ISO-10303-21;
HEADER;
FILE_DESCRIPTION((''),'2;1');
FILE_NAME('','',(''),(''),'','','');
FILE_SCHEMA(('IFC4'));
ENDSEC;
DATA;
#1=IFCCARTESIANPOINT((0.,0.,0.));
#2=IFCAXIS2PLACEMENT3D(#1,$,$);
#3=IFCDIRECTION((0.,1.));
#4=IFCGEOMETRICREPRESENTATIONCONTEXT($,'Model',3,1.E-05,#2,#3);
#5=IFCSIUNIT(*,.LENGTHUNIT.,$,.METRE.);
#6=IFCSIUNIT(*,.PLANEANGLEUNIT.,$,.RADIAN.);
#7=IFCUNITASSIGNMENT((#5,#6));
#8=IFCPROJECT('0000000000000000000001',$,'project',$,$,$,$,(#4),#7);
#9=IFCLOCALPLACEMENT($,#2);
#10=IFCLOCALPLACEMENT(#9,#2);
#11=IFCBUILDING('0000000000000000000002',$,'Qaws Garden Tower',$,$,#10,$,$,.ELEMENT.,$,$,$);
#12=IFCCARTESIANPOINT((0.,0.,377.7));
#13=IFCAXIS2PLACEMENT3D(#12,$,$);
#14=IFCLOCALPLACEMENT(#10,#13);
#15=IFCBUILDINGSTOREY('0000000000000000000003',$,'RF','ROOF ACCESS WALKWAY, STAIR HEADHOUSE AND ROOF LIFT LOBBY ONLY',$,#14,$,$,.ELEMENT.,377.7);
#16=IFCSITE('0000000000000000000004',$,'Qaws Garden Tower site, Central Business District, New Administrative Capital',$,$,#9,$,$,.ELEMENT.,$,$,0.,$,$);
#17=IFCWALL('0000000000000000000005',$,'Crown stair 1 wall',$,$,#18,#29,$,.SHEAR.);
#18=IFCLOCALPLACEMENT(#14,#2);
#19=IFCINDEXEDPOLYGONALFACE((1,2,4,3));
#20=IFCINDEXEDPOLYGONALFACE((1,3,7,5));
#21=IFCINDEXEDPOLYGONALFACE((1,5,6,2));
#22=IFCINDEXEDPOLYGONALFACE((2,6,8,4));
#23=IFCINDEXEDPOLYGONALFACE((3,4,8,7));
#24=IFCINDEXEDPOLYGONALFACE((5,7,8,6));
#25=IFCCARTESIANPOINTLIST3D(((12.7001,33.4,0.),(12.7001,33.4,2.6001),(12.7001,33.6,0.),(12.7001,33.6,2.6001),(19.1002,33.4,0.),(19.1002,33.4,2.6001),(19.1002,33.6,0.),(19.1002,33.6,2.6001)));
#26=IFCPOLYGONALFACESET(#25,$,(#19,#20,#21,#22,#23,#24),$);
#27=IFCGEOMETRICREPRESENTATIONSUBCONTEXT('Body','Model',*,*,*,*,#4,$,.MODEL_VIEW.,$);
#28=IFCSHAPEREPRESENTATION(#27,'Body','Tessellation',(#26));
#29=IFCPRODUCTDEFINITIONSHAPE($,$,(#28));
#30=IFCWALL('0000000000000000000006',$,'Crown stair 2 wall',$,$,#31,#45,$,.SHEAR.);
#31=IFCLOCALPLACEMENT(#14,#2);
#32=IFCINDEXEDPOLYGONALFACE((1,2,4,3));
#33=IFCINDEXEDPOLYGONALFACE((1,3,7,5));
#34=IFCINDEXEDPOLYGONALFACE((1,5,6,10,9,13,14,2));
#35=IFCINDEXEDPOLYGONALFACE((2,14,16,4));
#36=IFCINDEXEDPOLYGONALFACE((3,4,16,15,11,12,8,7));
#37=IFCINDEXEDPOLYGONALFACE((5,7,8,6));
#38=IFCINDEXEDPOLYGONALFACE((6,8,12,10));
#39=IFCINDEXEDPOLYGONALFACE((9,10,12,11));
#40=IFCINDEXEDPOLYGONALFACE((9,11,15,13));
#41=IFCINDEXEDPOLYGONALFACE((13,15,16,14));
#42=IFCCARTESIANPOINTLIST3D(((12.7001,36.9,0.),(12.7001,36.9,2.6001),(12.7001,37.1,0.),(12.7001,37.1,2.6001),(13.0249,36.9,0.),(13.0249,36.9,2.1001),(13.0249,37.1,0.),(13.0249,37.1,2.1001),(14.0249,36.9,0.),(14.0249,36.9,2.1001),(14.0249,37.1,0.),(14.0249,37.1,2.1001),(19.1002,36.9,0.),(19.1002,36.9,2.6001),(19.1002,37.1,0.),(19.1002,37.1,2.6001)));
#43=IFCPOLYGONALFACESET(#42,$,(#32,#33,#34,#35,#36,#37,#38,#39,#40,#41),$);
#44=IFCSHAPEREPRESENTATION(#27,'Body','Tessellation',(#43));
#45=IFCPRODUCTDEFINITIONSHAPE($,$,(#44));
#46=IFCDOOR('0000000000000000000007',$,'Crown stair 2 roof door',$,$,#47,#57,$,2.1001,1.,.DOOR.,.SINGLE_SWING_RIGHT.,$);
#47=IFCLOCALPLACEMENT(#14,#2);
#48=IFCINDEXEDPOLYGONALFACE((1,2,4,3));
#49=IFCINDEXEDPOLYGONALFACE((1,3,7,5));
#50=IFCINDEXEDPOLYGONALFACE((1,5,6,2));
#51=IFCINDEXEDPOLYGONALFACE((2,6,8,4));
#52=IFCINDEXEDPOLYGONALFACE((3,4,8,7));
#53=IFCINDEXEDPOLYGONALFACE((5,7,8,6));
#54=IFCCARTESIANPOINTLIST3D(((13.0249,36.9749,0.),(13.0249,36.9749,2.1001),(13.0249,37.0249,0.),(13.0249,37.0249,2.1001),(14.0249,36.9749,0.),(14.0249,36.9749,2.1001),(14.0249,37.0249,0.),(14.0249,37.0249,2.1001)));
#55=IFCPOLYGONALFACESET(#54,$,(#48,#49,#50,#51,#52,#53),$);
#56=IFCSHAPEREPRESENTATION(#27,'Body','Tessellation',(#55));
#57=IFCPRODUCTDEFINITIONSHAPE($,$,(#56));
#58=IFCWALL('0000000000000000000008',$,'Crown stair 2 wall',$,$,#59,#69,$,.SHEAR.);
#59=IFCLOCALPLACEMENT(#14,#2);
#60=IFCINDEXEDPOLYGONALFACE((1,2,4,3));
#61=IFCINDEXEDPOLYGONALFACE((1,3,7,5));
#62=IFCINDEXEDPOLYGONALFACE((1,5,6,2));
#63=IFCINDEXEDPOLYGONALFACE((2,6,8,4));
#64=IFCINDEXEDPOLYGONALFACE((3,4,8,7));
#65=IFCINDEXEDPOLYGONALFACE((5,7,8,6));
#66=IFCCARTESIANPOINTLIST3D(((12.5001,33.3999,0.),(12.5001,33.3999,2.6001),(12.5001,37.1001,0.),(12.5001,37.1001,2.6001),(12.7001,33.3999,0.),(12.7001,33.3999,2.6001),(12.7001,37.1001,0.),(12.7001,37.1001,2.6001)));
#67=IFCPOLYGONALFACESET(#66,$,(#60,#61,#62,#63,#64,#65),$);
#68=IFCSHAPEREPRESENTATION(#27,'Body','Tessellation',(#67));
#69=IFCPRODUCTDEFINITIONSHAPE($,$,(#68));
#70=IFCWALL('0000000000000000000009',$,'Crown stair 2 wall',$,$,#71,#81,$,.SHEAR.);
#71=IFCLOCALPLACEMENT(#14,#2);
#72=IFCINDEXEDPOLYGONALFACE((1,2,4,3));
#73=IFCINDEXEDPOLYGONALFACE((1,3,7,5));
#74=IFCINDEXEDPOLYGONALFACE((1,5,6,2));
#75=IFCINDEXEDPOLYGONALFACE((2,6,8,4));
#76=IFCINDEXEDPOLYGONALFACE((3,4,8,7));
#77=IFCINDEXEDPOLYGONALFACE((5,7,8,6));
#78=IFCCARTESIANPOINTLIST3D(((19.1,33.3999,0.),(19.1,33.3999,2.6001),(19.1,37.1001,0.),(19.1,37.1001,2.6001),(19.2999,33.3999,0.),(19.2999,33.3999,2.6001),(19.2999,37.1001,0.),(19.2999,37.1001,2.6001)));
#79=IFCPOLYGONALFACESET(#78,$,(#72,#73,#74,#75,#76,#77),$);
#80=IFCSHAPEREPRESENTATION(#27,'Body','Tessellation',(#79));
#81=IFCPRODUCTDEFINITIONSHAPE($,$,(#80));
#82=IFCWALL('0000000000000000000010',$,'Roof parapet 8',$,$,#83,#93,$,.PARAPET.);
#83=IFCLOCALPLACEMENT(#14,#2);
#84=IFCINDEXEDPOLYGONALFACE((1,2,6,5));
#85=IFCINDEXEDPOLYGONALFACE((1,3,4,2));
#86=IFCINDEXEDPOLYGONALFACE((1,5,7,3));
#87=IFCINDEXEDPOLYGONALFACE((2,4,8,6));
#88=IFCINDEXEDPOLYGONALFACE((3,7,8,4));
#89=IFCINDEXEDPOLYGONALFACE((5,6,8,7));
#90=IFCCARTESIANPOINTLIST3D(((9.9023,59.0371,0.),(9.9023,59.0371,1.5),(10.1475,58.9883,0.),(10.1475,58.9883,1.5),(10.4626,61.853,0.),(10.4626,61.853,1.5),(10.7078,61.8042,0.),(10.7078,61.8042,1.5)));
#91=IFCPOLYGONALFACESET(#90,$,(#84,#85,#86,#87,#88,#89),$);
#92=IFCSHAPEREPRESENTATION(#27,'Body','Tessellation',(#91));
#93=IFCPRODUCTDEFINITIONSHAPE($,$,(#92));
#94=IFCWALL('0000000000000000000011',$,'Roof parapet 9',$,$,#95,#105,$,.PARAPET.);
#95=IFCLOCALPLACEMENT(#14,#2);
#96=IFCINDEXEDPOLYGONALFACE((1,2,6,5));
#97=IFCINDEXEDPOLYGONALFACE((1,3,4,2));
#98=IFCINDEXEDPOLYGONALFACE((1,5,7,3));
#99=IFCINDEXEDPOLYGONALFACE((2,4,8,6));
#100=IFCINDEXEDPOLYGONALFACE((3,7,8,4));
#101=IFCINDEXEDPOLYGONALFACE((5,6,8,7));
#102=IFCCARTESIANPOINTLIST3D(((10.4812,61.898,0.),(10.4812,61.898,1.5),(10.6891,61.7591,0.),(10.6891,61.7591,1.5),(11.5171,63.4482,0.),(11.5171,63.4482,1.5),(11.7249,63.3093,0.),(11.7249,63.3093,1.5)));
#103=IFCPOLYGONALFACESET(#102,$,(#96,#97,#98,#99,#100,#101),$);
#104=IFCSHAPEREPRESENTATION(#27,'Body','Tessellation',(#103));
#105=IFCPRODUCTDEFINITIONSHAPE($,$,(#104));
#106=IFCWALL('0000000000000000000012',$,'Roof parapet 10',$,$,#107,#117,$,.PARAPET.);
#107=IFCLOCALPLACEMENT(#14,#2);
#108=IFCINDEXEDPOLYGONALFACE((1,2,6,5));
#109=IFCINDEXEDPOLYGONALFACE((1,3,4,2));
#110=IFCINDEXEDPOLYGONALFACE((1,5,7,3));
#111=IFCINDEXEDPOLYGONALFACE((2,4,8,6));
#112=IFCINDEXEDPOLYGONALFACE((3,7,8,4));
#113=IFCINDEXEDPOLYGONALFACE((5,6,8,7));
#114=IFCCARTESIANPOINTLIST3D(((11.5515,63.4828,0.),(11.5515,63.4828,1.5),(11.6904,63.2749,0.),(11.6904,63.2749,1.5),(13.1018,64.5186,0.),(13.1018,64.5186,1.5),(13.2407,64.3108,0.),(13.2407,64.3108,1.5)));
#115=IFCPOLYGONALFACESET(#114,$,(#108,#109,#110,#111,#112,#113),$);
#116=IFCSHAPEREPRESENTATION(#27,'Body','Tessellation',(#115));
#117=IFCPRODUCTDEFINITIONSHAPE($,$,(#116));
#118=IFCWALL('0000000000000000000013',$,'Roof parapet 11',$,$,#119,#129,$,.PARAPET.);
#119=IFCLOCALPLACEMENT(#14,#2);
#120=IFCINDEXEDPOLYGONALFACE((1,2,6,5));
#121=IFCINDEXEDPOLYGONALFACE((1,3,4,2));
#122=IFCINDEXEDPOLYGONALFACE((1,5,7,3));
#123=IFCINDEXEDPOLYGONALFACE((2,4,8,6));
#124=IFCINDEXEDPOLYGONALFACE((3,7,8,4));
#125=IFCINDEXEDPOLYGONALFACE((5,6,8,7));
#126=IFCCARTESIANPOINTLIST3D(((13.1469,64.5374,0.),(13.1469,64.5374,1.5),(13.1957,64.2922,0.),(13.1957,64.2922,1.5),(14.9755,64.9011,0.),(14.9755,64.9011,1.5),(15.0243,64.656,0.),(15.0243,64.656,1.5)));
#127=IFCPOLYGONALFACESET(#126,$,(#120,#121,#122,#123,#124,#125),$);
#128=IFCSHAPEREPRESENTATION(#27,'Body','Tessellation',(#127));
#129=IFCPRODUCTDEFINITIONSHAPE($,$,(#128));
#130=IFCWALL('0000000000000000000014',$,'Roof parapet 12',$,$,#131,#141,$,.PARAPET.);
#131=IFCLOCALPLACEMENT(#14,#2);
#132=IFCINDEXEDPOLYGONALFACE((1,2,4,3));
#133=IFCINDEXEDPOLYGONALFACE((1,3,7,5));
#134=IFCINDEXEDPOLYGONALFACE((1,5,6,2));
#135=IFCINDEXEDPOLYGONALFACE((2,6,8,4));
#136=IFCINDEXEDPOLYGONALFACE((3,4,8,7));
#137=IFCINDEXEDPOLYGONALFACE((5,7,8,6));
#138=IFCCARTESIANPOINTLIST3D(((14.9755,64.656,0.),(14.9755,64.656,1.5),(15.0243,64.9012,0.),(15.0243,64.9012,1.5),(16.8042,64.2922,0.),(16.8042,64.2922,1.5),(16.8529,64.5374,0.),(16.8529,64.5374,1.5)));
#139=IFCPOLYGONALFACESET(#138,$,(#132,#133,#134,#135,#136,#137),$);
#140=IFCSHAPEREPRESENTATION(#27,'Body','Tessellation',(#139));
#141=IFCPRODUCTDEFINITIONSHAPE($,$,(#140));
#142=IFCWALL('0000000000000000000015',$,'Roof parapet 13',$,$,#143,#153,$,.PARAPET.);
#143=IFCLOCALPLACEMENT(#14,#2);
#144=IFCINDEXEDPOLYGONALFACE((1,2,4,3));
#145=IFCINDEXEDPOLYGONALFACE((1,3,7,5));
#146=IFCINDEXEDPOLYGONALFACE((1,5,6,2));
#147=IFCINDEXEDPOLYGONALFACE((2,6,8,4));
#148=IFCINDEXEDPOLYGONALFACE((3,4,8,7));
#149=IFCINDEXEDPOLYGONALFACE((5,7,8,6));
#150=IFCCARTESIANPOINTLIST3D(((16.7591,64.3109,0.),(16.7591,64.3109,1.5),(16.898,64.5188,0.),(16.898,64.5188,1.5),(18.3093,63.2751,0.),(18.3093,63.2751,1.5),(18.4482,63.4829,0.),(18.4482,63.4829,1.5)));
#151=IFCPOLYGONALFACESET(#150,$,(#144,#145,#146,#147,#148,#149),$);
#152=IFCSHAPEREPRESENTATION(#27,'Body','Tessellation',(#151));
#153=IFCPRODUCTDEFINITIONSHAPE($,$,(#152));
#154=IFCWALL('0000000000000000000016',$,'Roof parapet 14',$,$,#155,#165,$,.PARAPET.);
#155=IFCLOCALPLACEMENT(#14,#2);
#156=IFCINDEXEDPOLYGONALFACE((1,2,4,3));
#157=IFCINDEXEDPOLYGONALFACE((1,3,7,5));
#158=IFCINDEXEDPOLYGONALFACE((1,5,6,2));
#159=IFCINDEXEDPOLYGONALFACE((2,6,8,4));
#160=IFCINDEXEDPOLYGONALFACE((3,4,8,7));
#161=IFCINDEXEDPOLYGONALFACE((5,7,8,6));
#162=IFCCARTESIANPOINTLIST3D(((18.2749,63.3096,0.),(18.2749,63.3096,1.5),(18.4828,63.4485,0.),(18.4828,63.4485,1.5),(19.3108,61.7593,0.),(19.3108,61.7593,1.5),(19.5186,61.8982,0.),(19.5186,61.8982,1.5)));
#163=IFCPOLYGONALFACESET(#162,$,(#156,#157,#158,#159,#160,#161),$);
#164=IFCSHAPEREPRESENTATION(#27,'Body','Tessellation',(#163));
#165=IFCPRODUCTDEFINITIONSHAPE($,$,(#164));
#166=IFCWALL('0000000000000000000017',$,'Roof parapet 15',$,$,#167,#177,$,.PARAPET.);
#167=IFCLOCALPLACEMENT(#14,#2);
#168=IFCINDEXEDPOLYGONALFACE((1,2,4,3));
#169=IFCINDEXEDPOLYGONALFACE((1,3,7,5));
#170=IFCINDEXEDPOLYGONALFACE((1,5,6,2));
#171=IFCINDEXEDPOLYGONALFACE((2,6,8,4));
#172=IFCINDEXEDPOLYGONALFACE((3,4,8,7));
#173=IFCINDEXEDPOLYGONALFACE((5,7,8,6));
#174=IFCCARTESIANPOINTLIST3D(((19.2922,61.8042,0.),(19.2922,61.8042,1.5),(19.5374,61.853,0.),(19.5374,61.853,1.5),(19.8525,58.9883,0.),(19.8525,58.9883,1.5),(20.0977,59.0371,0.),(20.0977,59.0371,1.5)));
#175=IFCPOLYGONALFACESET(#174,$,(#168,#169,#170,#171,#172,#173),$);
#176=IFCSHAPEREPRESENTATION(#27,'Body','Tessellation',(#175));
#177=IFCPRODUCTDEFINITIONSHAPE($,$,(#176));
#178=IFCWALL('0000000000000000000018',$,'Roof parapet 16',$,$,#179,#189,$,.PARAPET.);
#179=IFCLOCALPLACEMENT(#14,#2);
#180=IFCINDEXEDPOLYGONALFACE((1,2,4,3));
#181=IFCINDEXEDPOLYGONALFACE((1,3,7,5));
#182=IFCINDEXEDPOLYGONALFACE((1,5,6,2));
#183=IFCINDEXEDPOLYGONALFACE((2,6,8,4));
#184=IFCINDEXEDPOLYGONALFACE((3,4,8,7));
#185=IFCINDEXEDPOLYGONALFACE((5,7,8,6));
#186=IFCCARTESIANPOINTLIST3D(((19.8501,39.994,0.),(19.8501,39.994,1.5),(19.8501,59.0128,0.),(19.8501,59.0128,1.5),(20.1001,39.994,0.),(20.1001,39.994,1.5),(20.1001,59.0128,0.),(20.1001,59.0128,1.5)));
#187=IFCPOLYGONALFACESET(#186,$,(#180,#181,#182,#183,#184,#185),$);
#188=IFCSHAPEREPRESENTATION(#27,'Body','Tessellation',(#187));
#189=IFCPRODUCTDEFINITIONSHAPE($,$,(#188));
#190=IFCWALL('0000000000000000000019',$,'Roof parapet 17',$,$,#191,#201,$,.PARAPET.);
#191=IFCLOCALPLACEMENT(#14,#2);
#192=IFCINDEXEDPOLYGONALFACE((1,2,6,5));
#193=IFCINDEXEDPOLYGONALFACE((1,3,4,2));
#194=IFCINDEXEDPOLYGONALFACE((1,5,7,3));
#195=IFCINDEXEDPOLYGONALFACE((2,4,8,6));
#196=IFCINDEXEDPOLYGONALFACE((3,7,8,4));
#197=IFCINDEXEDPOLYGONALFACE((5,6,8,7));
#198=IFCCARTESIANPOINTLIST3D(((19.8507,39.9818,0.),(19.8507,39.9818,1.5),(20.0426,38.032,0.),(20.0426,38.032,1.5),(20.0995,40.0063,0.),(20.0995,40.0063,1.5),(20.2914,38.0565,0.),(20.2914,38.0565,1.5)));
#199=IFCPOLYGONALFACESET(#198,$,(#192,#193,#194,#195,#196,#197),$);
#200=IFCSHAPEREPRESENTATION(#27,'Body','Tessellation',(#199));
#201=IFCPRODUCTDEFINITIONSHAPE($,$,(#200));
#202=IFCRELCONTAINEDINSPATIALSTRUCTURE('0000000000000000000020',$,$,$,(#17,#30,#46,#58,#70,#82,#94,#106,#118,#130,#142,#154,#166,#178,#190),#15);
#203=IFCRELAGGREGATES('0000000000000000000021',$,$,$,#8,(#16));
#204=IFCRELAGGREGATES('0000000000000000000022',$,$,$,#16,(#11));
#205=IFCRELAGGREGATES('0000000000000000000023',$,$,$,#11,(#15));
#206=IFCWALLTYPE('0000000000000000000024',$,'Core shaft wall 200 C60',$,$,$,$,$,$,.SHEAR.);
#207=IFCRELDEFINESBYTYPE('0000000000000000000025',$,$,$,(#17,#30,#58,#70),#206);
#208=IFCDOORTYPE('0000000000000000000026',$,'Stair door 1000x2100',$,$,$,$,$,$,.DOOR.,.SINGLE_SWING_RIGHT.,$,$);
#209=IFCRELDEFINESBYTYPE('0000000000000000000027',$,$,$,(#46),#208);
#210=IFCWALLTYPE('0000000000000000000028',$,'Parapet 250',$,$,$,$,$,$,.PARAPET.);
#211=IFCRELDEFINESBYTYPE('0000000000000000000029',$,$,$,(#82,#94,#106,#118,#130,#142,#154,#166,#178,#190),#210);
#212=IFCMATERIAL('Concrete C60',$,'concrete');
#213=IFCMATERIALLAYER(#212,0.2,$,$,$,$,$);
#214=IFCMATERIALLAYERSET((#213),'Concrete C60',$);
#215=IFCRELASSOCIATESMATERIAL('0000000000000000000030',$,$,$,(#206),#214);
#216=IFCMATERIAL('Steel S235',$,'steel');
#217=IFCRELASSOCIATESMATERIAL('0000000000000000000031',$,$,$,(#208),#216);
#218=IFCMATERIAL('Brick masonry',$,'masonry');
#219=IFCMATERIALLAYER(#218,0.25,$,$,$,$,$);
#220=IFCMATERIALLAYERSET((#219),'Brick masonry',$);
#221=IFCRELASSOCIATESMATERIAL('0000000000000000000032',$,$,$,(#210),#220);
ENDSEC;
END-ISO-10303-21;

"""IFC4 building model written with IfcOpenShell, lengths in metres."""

from ifc_helpers import new_model, si_unit, direction, frame, frame_2d, origin, place, context, subcontext, project, spatial, rectangle, extrude, material, layer, layer_set, type_object, element, fill, save


model = new_model("IFC4")

# Units and contexts
model_context = context("Model", 3, precision=1e-05, world=origin(), true_north=direction((0.0, 1.0)))
body_context = subcontext(model_context, "Body", "Model", "MODEL_VIEW")
ifc_project = project(units=[si_unit("LENGTHUNIT", "METRE"), si_unit("PLANEANGLEUNIT", "RADIAN")], contexts=[model_context])

# Site, building, storey
site_placement = place(None, origin())
site = spatial("IfcSite", under=ifc_project, at=site_placement, Name="Qaws Garden Tower site, Central Business District, New Administrative Capital", CompositionType="ELEMENT", RefElevation=0.0)
building_placement = place(site_placement, origin())
building = spatial("IfcBuilding", under=site, at=building_placement, Name="Qaws Garden Tower", CompositionType="ELEMENT")
storey_placement = place(building_placement, frame((0.0, 0.0, 377.7)))
storey = spatial("IfcBuildingStorey", under=building, at=storey_placement, Name="RF", Description="ROOF ACCESS WALKWAY, STAIR HEADHOUSE AND ROOF LIFT LOBBY ONLY", CompositionType="ELEMENT", Elevation=377.7)

# Wall
ifc_material_1 = material(Name="Concrete C60", Category="concrete")
ifc_layer_1 = layer(ifc_material_1, 0.2)
ifc_layer_set_1 = layer_set([ifc_layer_1], Name="Concrete C60")
wall_type_1 = type_object("IfcWallType", Name="Core shaft wall 200 C60", PredefinedType="SHEAR", material=ifc_layer_set_1)
wall_1_placement = place(storey_placement, frame((12.7, 33.5, 0.0), z_axis=(0.0, 0.0, 1.0), x_axis=(1.0, 0.0, 0.0)))
element("IfcWall", 1, at=wall_1_placement, inside=storey, type_object=wall_type_1, Name="Crown stair 1 wall", PredefinedType="SHEAR", context=body_context, shape_type="SweptSolid", body=[
    extrude(rectangle(XDim=6.4001, YDim=0.2, at=frame_2d((3.2002, 0.0))), origin(), (0.0, 0.0, 1.0), 2.6001),
])

# Wall, opening, door
wall_2_placement = place(storey_placement, frame((12.7, 37.0, 0.0), z_axis=(0.0, 0.0, 1.0), x_axis=(1.0, 0.0, 0.0)))
wall_2 = element("IfcWall", 2, at=wall_2_placement, inside=storey, type_object=wall_type_1, Name="Crown stair 2 wall", PredefinedType="SHEAR", context=body_context, shape_type="SweptSolid", body=[
    extrude(rectangle(XDim=6.4001, YDim=0.2, at=frame_2d((3.2002, 0.0))), origin(), (0.0, 0.0, 1.0), 2.6001),
])
opening_placement = place(wall_2_placement, frame((0.325, 0.0, 0.0)))
opening = element("IfcOpeningElement", 3, at=opening_placement, cuts=wall_2, PredefinedType="OPENING", context=body_context, shape_type="SweptSolid", body=[
    extrude(rectangle(XDim=1.0, YDim=2.1001, at=frame_2d((0.5, 1.05))), frame((0.0, 0.1099, 0.0), z_axis=(0.0, -1.0, 0.0), x_axis=(1.0, 0.0, 0.0)), (0.0, 0.0, 1.0), 0.22),
])
ifc_material_2 = material(Name="Steel S235", Category="steel")
door_type = type_object("IfcDoorType", Name="Stair door 1000x2100", OperationType="SINGLE_SWING_RIGHT", PredefinedType="DOOR", material=ifc_material_2)
door_placement = place(opening_placement, origin())
door = element("IfcDoor", 4, at=door_placement, inside=storey, type_object=door_type, Name="Crown stair 2 roof door", OperationType="SINGLE_SWING_RIGHT", OverallHeight=2.1001, OverallWidth=1.0, PredefinedType="DOOR", context=body_context, shape_type="SweptSolid", body=[
    extrude(rectangle(XDim=1.0, YDim=2.1001, at=frame_2d((0.5, 1.05))), frame((0.0, 0.0249, 0.0), z_axis=(0.0, -1.0, 0.0), x_axis=(1.0, 0.0, 0.0)), (0.0, 0.0, 1.0), 0.05),
])
fill(opening, door)

# Walls
for number, where, z_axis, x_axis, name in (
    (5, (12.6001, 33.3999, 0.0), (0.0, 0.0, 1.0), (0.0, 1.0, 0.0), "Crown stair 2 wall"),
    (6, (19.2, 33.3999, 0.0), (0.0, 0.0, 1.0), (0.0, 1.0, 0.0), "Crown stair 2 wall"),
):
    element("IfcWall", number, at=place(storey_placement, frame(where, z_axis=z_axis, x_axis=x_axis)), inside=storey, type_object=wall_type_1, Name=name, PredefinedType="SHEAR", context=body_context, shape_type="SweptSolid", body=[
        extrude(rectangle(XDim=3.7002, YDim=0.2, at=frame_2d((1.8501, 0.0))), origin(), (0.0, 0.0, 1.0), 2.6001),
    ])
ifc_material_3 = material(Name="Brick masonry", Category="masonry")
ifc_layer_2 = layer(ifc_material_3, 0.25)
ifc_layer_set_2 = layer_set([ifc_layer_2], Name="Brick masonry")
wall_type_2 = type_object("IfcWallType", Name="Parapet 250", PredefinedType="PARAPET", material=ifc_layer_set_2)
wall_3_placement = place(storey_placement, frame((10.0249, 59.0127, 0.0), z_axis=(0.0, 0.0, 1.0), x_axis=(0.195151, 0.980773, 0.0)))
element("IfcWall", 7, at=wall_3_placement, inside=storey, type_object=wall_type_2, Name="Roof parapet 8", PredefinedType="PARAPET", context=body_context, shape_type="SweptSolid", body=[
    extrude(rectangle(XDim=2.8711, YDim=0.25, at=frame_2d((1.4355, 0.0))), origin(), (0.0, 0.0, 1.0), 1.5),
])
for number, where, z_axis, x_axis, name in (
    (8, (10.5852, 61.8286, 0.0), (0.0, 0.0, 1.0), (0.555576, 0.831466, 0.0), "Roof parapet 9"),
    (9, (11.6211, 63.3789, 0.0), (0.0, 0.0, 1.0), (0.831466, 0.555576, 0.0), "Roof parapet 10"),
    (10, (13.1714, 64.4148, 0.0), (0.0, 0.0, 1.0), (0.980782, 0.195109, 0.0), "Roof parapet 11"),
    (11, (15.0, 64.7786, 0.0), (0.0, 0.0, 1.0), (0.980782, -0.195109, 0.0), "Roof parapet 12"),
    (12, (16.8286, 64.4148, 0.0), (0.0, 0.0, 1.0), (0.831466, -0.555576, 0.0), "Roof parapet 13"),
    (13, (18.3789, 63.3789, 0.0), (0.0, 0.0, 1.0), (0.555576, -0.831466, 0.0), "Roof parapet 14"),
):
    element("IfcWall", number, at=place(storey_placement, frame(where, z_axis=z_axis, x_axis=x_axis)), inside=storey, type_object=wall_type_2, Name=name, PredefinedType="PARAPET", context=body_context, shape_type="SweptSolid", body=[
        extrude(rectangle(XDim=1.8645, YDim=0.25, at=frame_2d((0.9321, 0.0))), origin(), (0.0, 0.0, 1.0), 1.5),
    ])
wall_4_placement = place(storey_placement, frame((19.4148, 61.8286, 0.0), z_axis=(0.0, 0.0, 1.0), x_axis=(0.195151, -0.980773, 0.0)))
element("IfcWall", 14, at=wall_4_placement, inside=storey, type_object=wall_type_2, Name="Roof parapet 15", PredefinedType="PARAPET", context=body_context, shape_type="SweptSolid", body=[
    extrude(rectangle(XDim=2.8711, YDim=0.25, at=frame_2d((1.4355, 0.0))), origin(), (0.0, 0.0, 1.0), 1.5),
])
wall_5_placement = place(storey_placement, frame((19.9751, 59.0127, 0.0), z_axis=(0.0, 0.0, 1.0), x_axis=(0.0, -1.0, 0.0)))
element("IfcWall", 15, at=wall_5_placement, inside=storey, type_object=wall_type_2, Name="Roof parapet 16", PredefinedType="PARAPET", context=body_context, shape_type="SweptSolid", body=[
    extrude(rectangle(XDim=19.0188, YDim=0.25, at=frame_2d((9.5093, 0.0))), origin(), (0.0, 0.0, 1.0), 1.5),
])
wall_6_placement = place(storey_placement, frame((19.9751, 39.9939, 0.0), z_axis=(0.0, 0.0, 1.0), x_axis=(0.097949, -0.995191, 0.0)))
element("IfcWall", 16, at=wall_6_placement, inside=storey, type_object=wall_type_2, Name="Roof parapet 17", PredefinedType="PARAPET", context=body_context, shape_type="SweptSolid", body=[
    extrude(rectangle(XDim=1.9592, YDim=0.25, at=frame_2d((0.9795, 0.0))), origin(), (0.0, 0.0, 1.0), 1.5),
])

save(model, "model.ifc")
